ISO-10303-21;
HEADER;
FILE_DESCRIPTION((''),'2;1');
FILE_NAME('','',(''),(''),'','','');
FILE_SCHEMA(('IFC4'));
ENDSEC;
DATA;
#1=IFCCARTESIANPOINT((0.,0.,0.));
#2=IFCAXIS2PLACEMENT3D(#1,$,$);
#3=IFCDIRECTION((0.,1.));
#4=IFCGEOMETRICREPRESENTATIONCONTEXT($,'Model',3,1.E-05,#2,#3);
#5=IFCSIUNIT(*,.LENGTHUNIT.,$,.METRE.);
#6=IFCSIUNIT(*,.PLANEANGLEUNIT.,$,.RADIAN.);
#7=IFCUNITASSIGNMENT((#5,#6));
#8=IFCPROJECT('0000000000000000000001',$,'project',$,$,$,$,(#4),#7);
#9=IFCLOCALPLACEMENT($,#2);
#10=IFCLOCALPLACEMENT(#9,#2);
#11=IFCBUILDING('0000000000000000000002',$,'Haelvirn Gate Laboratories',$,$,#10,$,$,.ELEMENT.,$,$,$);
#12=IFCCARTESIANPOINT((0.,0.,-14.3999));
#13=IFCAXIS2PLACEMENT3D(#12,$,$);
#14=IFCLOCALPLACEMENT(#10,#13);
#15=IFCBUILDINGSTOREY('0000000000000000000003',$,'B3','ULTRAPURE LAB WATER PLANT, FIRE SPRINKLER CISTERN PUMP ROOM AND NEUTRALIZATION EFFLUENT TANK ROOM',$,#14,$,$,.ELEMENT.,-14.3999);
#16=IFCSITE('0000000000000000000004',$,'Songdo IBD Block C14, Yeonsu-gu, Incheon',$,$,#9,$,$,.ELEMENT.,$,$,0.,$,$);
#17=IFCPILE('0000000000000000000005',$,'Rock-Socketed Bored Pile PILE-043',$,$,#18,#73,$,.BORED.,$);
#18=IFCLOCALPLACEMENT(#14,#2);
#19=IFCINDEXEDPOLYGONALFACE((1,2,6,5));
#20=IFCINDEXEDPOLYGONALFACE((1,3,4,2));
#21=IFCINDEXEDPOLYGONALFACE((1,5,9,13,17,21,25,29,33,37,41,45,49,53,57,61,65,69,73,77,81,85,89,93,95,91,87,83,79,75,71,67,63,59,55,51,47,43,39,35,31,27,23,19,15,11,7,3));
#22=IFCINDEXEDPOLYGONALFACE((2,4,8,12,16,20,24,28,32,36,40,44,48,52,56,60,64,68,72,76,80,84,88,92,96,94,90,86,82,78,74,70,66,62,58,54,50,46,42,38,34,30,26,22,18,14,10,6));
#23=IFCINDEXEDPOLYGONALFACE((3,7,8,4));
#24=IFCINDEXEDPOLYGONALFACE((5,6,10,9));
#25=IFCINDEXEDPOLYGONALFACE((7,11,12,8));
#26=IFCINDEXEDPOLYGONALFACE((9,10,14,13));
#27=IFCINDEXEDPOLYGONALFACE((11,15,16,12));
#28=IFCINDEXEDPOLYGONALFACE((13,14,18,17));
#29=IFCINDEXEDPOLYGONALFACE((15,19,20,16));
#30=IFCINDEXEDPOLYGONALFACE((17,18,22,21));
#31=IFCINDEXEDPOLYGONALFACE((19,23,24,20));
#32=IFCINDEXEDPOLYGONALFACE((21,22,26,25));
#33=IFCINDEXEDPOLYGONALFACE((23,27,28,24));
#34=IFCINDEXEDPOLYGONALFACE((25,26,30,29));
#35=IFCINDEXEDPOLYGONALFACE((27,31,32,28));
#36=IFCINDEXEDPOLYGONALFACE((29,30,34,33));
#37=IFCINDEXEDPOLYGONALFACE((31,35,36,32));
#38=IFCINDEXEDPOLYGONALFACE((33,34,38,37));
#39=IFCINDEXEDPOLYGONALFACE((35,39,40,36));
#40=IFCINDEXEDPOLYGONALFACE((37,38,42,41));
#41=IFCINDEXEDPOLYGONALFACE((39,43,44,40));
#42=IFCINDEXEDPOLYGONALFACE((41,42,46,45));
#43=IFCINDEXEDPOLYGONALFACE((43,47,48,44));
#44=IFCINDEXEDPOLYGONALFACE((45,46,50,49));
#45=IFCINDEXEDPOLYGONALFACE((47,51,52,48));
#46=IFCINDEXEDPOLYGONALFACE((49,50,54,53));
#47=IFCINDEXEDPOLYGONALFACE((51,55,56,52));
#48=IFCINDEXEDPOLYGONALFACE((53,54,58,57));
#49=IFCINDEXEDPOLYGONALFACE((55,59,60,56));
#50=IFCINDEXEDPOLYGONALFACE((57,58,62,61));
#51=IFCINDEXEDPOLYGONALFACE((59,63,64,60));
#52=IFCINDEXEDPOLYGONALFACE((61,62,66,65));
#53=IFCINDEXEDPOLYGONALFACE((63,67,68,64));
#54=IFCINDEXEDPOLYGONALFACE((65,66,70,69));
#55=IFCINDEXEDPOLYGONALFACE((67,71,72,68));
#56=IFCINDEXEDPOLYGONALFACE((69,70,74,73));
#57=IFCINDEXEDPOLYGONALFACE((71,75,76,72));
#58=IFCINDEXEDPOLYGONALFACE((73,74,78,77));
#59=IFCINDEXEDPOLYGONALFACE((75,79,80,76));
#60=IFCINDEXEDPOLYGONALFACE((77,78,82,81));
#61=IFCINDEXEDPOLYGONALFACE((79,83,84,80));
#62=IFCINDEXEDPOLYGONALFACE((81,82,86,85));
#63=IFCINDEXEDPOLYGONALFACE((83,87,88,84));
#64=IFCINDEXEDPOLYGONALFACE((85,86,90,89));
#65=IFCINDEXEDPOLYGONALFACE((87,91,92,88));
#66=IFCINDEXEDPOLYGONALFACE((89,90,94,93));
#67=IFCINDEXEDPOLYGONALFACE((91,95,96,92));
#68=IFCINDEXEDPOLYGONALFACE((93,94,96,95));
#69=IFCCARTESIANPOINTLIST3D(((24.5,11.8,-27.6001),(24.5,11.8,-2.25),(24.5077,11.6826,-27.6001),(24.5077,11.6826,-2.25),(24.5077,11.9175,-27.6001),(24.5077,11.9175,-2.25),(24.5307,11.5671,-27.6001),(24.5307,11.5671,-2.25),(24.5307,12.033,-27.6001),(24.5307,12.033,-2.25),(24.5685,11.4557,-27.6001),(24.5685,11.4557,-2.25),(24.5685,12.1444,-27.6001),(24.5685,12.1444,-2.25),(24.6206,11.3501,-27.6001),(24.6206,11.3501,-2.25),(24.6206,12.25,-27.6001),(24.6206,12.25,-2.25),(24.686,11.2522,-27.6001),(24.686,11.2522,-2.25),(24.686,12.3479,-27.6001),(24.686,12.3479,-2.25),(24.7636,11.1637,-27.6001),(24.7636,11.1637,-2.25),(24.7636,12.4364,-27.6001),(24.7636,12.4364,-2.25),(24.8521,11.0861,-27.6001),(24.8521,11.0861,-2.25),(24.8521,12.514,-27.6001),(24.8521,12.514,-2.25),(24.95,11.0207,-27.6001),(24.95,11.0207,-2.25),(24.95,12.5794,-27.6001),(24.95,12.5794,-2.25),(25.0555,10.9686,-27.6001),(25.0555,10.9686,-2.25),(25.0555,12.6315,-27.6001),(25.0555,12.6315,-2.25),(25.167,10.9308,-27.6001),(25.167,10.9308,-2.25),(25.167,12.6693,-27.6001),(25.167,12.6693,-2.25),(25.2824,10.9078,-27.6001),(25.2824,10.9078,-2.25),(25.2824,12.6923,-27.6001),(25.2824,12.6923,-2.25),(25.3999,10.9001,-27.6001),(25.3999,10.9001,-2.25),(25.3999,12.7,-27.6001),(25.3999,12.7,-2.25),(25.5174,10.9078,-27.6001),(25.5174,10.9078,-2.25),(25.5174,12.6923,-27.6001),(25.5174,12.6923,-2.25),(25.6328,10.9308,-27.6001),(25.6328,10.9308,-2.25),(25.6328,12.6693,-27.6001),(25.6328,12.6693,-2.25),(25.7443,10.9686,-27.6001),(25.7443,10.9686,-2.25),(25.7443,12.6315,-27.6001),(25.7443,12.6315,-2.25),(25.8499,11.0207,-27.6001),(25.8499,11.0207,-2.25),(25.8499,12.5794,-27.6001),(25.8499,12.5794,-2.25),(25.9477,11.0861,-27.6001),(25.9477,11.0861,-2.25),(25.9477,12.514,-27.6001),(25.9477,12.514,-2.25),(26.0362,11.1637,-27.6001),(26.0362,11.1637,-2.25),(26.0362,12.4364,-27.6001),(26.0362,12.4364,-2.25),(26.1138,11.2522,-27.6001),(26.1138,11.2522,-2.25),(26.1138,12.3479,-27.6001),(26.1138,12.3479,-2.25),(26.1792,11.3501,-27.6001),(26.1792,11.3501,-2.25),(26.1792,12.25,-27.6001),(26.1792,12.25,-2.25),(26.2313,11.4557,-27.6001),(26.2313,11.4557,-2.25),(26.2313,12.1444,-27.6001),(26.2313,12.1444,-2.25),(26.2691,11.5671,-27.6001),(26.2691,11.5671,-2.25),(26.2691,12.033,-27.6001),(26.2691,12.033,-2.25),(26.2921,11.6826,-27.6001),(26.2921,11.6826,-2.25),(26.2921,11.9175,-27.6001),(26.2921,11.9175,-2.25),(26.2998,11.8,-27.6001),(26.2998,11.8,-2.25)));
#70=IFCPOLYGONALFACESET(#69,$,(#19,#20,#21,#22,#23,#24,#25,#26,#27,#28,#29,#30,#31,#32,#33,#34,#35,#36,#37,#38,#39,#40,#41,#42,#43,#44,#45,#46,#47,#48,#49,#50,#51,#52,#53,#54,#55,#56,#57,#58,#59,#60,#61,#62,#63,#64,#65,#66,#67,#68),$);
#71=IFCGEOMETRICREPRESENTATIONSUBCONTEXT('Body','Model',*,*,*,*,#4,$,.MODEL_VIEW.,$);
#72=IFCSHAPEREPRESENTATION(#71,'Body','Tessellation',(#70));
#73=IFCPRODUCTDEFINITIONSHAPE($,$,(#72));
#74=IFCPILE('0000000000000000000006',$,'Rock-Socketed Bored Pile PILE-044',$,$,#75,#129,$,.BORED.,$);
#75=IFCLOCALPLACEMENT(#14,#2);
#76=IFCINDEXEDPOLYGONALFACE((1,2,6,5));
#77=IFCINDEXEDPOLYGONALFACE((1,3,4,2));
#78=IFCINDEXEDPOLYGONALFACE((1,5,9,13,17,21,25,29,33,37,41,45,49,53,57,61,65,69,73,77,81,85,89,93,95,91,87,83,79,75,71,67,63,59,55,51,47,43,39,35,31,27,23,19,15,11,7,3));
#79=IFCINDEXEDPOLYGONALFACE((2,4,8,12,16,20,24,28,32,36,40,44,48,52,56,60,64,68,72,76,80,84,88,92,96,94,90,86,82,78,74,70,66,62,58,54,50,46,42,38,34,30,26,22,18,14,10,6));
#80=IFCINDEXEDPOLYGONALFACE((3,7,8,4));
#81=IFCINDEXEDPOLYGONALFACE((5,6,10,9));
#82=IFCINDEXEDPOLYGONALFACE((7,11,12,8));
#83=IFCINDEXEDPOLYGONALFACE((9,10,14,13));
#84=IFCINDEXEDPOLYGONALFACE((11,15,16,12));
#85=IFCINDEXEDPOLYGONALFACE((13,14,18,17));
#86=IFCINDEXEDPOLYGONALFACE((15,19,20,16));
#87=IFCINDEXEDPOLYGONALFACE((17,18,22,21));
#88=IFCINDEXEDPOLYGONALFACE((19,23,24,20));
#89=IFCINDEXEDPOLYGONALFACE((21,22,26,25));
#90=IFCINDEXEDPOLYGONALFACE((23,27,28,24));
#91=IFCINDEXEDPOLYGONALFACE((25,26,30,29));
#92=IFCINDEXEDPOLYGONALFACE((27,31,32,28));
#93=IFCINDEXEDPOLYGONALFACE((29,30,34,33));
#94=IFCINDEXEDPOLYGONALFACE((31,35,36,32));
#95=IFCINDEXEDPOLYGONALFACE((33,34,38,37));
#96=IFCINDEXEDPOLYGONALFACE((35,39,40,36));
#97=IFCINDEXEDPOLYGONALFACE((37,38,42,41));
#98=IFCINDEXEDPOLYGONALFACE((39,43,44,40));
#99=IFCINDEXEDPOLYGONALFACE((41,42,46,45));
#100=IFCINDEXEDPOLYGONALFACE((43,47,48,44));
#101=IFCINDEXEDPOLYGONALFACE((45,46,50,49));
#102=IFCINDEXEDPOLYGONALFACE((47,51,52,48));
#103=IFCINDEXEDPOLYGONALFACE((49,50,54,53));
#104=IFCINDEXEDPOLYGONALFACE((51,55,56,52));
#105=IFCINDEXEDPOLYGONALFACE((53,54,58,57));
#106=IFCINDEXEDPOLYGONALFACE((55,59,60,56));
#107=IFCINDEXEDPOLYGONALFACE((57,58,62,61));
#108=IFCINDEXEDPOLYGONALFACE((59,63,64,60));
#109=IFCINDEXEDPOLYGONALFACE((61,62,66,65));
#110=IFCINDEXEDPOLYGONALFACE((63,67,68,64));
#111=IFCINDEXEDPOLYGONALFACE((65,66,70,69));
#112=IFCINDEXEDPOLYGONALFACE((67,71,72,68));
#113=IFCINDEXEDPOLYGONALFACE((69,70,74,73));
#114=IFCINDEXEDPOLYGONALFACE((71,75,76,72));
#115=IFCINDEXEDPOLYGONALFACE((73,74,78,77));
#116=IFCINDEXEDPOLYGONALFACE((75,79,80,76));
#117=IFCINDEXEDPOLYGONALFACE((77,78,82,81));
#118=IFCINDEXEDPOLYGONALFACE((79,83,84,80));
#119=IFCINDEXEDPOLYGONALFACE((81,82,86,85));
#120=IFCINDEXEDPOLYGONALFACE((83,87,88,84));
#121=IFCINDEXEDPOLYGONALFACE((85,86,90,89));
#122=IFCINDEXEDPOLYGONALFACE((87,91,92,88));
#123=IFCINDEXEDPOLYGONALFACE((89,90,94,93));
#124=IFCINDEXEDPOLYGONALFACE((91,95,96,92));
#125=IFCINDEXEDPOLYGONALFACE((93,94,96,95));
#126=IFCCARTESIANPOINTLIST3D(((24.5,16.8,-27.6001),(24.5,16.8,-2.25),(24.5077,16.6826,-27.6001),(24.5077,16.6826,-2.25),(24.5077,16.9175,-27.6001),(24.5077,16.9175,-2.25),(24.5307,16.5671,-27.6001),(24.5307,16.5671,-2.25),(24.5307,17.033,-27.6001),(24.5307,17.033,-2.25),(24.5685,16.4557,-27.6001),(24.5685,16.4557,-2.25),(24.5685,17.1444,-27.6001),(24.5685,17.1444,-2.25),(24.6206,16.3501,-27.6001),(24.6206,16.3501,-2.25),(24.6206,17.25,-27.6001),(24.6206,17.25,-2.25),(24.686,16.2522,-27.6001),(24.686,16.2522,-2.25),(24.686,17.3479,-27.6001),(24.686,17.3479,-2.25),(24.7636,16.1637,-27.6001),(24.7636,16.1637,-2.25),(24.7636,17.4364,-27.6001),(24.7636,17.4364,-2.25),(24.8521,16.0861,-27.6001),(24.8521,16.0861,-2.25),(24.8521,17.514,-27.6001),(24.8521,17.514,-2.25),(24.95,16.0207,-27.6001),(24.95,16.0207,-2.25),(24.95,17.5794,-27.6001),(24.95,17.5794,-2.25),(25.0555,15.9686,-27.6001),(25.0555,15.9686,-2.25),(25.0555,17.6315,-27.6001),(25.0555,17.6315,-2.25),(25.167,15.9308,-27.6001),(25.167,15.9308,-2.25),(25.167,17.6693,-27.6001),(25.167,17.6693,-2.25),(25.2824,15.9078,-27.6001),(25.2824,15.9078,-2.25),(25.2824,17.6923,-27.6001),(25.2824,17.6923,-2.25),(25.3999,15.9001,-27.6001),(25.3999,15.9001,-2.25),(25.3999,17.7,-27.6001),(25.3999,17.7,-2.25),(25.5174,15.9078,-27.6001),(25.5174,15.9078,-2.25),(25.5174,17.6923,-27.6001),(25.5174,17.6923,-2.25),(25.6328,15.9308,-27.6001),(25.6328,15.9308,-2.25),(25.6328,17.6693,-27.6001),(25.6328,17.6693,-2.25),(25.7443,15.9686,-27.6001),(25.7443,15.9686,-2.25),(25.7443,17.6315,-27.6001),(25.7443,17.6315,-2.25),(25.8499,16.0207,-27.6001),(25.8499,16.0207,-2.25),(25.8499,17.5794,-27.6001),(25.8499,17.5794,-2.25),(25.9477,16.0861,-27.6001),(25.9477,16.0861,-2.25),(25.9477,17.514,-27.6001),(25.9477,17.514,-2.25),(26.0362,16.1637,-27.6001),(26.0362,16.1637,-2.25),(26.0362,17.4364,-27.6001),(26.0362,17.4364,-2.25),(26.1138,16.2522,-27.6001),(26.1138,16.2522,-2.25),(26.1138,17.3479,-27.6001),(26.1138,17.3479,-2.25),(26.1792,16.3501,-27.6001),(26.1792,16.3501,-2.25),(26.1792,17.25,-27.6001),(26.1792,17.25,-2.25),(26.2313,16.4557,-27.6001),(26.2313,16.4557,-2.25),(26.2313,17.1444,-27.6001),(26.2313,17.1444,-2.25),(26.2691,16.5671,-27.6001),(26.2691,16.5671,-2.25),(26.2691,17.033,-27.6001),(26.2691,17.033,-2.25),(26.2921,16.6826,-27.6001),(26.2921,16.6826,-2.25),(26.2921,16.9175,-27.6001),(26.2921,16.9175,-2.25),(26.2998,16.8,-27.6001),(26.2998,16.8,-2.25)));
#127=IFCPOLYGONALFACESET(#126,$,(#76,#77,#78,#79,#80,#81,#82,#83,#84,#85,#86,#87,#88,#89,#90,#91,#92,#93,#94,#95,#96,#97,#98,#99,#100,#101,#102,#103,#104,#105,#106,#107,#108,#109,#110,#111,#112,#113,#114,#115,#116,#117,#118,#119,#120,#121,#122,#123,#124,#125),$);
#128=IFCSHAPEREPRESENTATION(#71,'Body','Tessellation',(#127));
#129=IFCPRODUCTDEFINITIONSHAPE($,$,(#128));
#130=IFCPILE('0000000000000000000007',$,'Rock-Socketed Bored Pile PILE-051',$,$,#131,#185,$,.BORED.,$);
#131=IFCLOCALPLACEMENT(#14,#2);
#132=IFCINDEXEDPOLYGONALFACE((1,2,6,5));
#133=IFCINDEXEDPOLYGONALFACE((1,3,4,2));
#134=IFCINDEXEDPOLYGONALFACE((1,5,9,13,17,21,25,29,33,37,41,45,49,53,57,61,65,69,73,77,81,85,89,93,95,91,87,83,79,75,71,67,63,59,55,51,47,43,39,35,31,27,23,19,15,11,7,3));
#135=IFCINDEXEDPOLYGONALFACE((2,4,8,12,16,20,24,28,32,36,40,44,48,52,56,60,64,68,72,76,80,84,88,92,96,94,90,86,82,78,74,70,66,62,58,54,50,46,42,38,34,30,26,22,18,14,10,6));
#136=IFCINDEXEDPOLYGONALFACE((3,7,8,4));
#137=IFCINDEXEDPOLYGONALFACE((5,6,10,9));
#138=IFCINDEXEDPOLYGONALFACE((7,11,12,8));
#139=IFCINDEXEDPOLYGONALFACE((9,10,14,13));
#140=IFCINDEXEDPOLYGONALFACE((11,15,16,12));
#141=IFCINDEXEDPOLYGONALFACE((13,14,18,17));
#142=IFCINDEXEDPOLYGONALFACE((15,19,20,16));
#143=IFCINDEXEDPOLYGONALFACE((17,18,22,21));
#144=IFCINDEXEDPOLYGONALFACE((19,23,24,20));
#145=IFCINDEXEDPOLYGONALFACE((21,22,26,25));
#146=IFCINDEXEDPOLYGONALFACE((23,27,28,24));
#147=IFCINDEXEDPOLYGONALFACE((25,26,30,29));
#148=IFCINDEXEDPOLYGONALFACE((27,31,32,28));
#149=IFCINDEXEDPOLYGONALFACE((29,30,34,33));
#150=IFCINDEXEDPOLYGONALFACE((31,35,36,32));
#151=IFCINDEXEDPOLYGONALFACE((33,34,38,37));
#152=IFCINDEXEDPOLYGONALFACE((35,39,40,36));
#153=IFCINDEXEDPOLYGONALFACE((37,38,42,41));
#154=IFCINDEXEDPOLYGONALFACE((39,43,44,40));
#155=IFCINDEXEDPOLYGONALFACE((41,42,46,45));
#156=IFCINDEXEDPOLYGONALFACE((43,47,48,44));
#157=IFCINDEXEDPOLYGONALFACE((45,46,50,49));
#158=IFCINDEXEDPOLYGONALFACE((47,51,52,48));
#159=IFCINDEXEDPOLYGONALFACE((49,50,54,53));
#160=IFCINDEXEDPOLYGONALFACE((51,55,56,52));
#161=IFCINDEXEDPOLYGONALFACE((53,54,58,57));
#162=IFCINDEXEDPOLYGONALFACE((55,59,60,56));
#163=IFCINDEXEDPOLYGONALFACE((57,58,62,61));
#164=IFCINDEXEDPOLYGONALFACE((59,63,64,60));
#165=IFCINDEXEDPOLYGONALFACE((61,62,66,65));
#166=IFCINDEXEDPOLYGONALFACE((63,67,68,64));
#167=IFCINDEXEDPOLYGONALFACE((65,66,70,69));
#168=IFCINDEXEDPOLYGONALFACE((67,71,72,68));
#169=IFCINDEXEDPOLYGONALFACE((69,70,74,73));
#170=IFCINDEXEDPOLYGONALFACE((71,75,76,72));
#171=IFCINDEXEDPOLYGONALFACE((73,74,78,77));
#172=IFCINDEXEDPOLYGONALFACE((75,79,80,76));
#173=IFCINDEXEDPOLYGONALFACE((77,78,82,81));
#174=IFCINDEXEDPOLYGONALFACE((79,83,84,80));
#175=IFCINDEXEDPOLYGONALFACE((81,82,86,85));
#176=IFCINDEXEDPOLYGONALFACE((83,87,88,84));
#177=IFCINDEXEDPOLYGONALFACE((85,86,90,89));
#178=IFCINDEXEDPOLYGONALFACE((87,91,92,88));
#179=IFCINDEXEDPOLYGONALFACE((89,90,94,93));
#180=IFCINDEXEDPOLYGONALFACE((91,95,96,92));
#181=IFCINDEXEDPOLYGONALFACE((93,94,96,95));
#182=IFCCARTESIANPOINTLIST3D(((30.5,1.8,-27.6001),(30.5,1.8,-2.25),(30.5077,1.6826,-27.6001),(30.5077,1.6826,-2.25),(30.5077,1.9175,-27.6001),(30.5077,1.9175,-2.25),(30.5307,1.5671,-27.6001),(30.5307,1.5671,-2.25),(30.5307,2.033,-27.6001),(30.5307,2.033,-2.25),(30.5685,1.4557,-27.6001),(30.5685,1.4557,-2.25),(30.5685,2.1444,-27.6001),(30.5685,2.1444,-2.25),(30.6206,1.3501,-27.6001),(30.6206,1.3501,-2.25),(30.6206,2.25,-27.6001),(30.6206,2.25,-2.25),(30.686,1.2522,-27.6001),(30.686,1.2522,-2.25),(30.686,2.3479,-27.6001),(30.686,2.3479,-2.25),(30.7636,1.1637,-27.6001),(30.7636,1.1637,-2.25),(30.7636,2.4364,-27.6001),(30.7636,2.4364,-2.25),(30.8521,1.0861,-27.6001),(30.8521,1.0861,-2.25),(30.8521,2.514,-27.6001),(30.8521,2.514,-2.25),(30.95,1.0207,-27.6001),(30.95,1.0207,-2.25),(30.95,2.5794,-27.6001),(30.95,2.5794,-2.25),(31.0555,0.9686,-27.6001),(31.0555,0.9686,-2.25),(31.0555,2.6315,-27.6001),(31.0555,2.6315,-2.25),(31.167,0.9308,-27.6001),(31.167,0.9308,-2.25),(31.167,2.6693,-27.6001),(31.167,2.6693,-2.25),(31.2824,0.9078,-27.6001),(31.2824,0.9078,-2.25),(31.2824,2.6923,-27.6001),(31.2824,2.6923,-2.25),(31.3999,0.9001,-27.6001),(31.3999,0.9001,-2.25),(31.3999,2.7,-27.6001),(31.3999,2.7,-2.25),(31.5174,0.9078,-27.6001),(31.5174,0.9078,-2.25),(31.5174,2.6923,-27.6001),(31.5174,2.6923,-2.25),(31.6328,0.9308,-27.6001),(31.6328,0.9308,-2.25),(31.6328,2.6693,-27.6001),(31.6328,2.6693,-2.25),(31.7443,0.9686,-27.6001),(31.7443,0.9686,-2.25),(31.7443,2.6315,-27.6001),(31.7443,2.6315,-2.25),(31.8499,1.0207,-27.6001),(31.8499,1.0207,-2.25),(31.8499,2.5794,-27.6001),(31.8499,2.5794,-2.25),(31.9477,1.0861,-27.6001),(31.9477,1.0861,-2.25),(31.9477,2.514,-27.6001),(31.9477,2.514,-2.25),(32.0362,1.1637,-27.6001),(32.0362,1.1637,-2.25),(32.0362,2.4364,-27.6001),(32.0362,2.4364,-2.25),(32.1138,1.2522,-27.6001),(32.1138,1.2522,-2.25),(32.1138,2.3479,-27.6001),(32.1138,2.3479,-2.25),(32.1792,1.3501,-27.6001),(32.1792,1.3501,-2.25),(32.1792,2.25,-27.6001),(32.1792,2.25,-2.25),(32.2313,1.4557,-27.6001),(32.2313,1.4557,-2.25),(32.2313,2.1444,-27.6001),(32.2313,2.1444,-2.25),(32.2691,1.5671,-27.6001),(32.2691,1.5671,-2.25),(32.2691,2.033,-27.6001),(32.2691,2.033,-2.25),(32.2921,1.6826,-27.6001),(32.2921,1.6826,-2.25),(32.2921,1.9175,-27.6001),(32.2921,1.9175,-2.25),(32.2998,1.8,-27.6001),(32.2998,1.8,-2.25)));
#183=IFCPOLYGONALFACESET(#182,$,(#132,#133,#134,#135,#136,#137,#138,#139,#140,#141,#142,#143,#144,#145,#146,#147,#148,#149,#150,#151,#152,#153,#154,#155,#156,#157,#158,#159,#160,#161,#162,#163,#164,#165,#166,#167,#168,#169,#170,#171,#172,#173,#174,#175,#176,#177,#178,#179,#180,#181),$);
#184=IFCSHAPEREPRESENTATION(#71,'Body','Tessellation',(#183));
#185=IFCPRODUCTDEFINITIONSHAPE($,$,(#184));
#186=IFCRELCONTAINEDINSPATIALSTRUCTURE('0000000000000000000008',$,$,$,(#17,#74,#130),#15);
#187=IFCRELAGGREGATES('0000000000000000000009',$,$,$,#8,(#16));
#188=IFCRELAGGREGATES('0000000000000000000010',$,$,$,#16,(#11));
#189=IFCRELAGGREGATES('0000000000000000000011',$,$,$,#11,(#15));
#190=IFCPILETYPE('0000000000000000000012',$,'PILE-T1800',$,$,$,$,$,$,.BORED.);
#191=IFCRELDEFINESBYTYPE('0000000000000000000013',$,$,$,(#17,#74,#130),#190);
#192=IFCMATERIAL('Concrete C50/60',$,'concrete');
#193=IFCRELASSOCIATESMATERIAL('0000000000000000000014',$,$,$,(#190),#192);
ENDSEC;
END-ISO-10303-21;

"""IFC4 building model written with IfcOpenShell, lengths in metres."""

from ifc_helpers import new_model, si_unit, direction, frame, origin, origin_2d, place, context, subcontext, project, spatial, circle, extrude, source, transform, mapped, material, material_profile, profile_set, type_object, element, save


model = new_model("IFC4")

# Units and contexts
model_context = context("Model", 3, precision=1e-05, world=origin(), true_north=direction((0.0, 1.0)))
body_context = subcontext(model_context, "Body", "Model", "MODEL_VIEW")
ifc_project = project(units=[si_unit("LENGTHUNIT", "METRE"), si_unit("PLANEANGLEUNIT", "RADIAN")], contexts=[model_context])

# Site, building, storey
site_placement = place(None, origin())
site = spatial("IfcSite", under=ifc_project, at=site_placement, Name="Songdo IBD Block C14, Yeonsu-gu, Incheon", CompositionType="ELEMENT", RefElevation=0.0)
building_placement = place(site_placement, origin())
building = spatial("IfcBuilding", under=site, at=building_placement, Name="Haelvirn Gate Laboratories", CompositionType="ELEMENT")
storey_placement = place(building_placement, frame((0.0, 0.0, -14.3999)))
storey = spatial("IfcBuildingStorey", under=building, at=storey_placement, Name="B3", Description="ULTRAPURE LAB WATER PLANT, FIRE SPRINKLER CISTERN PUMP ROOM AND NEUTRALIZATION EFFLUENT TANK ROOM", CompositionType="ELEMENT", Elevation=-14.3999)

# Piles
ifc_material_1 = material(Name="Concrete C50/60", Category="concrete")
ifc_material_profile_1 = material_profile(ifc_material_1, circle(Radius=0.8999, at=origin_2d()), Name="PILE-D1800")
ifc_profile_set_1 = profile_set([ifc_material_profile_1], Name="Concrete C50/60")
pile_type = type_object("IfcPileType", Name="PILE-T1800", PredefinedType="BORED", material=ifc_profile_set_1)
shared_shape_1 = source(origin(), body_context, "Body", "SweptSolid", [
    extrude(circle(Radius=0.8999, at=origin_2d()), origin(), (0.0, 0.0, 1.0), 25.3501),
])
for number, where, z_axis, x_axis, name in (
    (1, (25.3999, 11.8, -2.25), (0.0, 0.0, -1.0), (1.0, 0.0, 0.0), "Rock-Socketed Bored Pile PILE-043"),
    (2, (25.3999, 16.8, -2.25), (0.0, 0.0, -1.0), (1.0, 0.0, 0.0), "Rock-Socketed Bored Pile PILE-044"),
    (3, (31.3999, 1.8, -2.25), (0.0, 0.0, -1.0), (1.0, 0.0, 0.0), "Rock-Socketed Bored Pile PILE-051"),
):
    element("IfcPile", number, at=place(storey_placement, frame(where, z_axis=z_axis, x_axis=x_axis)), inside=storey, type_object=pile_type, Name=name, PredefinedType="BORED", context=body_context, shape_type="MappedRepresentation", body=[
        mapped(shared_shape_1, transform((0.0, 0.0, 0.0), scale=1.0)),
    ])

save(model, "model.ifc")
